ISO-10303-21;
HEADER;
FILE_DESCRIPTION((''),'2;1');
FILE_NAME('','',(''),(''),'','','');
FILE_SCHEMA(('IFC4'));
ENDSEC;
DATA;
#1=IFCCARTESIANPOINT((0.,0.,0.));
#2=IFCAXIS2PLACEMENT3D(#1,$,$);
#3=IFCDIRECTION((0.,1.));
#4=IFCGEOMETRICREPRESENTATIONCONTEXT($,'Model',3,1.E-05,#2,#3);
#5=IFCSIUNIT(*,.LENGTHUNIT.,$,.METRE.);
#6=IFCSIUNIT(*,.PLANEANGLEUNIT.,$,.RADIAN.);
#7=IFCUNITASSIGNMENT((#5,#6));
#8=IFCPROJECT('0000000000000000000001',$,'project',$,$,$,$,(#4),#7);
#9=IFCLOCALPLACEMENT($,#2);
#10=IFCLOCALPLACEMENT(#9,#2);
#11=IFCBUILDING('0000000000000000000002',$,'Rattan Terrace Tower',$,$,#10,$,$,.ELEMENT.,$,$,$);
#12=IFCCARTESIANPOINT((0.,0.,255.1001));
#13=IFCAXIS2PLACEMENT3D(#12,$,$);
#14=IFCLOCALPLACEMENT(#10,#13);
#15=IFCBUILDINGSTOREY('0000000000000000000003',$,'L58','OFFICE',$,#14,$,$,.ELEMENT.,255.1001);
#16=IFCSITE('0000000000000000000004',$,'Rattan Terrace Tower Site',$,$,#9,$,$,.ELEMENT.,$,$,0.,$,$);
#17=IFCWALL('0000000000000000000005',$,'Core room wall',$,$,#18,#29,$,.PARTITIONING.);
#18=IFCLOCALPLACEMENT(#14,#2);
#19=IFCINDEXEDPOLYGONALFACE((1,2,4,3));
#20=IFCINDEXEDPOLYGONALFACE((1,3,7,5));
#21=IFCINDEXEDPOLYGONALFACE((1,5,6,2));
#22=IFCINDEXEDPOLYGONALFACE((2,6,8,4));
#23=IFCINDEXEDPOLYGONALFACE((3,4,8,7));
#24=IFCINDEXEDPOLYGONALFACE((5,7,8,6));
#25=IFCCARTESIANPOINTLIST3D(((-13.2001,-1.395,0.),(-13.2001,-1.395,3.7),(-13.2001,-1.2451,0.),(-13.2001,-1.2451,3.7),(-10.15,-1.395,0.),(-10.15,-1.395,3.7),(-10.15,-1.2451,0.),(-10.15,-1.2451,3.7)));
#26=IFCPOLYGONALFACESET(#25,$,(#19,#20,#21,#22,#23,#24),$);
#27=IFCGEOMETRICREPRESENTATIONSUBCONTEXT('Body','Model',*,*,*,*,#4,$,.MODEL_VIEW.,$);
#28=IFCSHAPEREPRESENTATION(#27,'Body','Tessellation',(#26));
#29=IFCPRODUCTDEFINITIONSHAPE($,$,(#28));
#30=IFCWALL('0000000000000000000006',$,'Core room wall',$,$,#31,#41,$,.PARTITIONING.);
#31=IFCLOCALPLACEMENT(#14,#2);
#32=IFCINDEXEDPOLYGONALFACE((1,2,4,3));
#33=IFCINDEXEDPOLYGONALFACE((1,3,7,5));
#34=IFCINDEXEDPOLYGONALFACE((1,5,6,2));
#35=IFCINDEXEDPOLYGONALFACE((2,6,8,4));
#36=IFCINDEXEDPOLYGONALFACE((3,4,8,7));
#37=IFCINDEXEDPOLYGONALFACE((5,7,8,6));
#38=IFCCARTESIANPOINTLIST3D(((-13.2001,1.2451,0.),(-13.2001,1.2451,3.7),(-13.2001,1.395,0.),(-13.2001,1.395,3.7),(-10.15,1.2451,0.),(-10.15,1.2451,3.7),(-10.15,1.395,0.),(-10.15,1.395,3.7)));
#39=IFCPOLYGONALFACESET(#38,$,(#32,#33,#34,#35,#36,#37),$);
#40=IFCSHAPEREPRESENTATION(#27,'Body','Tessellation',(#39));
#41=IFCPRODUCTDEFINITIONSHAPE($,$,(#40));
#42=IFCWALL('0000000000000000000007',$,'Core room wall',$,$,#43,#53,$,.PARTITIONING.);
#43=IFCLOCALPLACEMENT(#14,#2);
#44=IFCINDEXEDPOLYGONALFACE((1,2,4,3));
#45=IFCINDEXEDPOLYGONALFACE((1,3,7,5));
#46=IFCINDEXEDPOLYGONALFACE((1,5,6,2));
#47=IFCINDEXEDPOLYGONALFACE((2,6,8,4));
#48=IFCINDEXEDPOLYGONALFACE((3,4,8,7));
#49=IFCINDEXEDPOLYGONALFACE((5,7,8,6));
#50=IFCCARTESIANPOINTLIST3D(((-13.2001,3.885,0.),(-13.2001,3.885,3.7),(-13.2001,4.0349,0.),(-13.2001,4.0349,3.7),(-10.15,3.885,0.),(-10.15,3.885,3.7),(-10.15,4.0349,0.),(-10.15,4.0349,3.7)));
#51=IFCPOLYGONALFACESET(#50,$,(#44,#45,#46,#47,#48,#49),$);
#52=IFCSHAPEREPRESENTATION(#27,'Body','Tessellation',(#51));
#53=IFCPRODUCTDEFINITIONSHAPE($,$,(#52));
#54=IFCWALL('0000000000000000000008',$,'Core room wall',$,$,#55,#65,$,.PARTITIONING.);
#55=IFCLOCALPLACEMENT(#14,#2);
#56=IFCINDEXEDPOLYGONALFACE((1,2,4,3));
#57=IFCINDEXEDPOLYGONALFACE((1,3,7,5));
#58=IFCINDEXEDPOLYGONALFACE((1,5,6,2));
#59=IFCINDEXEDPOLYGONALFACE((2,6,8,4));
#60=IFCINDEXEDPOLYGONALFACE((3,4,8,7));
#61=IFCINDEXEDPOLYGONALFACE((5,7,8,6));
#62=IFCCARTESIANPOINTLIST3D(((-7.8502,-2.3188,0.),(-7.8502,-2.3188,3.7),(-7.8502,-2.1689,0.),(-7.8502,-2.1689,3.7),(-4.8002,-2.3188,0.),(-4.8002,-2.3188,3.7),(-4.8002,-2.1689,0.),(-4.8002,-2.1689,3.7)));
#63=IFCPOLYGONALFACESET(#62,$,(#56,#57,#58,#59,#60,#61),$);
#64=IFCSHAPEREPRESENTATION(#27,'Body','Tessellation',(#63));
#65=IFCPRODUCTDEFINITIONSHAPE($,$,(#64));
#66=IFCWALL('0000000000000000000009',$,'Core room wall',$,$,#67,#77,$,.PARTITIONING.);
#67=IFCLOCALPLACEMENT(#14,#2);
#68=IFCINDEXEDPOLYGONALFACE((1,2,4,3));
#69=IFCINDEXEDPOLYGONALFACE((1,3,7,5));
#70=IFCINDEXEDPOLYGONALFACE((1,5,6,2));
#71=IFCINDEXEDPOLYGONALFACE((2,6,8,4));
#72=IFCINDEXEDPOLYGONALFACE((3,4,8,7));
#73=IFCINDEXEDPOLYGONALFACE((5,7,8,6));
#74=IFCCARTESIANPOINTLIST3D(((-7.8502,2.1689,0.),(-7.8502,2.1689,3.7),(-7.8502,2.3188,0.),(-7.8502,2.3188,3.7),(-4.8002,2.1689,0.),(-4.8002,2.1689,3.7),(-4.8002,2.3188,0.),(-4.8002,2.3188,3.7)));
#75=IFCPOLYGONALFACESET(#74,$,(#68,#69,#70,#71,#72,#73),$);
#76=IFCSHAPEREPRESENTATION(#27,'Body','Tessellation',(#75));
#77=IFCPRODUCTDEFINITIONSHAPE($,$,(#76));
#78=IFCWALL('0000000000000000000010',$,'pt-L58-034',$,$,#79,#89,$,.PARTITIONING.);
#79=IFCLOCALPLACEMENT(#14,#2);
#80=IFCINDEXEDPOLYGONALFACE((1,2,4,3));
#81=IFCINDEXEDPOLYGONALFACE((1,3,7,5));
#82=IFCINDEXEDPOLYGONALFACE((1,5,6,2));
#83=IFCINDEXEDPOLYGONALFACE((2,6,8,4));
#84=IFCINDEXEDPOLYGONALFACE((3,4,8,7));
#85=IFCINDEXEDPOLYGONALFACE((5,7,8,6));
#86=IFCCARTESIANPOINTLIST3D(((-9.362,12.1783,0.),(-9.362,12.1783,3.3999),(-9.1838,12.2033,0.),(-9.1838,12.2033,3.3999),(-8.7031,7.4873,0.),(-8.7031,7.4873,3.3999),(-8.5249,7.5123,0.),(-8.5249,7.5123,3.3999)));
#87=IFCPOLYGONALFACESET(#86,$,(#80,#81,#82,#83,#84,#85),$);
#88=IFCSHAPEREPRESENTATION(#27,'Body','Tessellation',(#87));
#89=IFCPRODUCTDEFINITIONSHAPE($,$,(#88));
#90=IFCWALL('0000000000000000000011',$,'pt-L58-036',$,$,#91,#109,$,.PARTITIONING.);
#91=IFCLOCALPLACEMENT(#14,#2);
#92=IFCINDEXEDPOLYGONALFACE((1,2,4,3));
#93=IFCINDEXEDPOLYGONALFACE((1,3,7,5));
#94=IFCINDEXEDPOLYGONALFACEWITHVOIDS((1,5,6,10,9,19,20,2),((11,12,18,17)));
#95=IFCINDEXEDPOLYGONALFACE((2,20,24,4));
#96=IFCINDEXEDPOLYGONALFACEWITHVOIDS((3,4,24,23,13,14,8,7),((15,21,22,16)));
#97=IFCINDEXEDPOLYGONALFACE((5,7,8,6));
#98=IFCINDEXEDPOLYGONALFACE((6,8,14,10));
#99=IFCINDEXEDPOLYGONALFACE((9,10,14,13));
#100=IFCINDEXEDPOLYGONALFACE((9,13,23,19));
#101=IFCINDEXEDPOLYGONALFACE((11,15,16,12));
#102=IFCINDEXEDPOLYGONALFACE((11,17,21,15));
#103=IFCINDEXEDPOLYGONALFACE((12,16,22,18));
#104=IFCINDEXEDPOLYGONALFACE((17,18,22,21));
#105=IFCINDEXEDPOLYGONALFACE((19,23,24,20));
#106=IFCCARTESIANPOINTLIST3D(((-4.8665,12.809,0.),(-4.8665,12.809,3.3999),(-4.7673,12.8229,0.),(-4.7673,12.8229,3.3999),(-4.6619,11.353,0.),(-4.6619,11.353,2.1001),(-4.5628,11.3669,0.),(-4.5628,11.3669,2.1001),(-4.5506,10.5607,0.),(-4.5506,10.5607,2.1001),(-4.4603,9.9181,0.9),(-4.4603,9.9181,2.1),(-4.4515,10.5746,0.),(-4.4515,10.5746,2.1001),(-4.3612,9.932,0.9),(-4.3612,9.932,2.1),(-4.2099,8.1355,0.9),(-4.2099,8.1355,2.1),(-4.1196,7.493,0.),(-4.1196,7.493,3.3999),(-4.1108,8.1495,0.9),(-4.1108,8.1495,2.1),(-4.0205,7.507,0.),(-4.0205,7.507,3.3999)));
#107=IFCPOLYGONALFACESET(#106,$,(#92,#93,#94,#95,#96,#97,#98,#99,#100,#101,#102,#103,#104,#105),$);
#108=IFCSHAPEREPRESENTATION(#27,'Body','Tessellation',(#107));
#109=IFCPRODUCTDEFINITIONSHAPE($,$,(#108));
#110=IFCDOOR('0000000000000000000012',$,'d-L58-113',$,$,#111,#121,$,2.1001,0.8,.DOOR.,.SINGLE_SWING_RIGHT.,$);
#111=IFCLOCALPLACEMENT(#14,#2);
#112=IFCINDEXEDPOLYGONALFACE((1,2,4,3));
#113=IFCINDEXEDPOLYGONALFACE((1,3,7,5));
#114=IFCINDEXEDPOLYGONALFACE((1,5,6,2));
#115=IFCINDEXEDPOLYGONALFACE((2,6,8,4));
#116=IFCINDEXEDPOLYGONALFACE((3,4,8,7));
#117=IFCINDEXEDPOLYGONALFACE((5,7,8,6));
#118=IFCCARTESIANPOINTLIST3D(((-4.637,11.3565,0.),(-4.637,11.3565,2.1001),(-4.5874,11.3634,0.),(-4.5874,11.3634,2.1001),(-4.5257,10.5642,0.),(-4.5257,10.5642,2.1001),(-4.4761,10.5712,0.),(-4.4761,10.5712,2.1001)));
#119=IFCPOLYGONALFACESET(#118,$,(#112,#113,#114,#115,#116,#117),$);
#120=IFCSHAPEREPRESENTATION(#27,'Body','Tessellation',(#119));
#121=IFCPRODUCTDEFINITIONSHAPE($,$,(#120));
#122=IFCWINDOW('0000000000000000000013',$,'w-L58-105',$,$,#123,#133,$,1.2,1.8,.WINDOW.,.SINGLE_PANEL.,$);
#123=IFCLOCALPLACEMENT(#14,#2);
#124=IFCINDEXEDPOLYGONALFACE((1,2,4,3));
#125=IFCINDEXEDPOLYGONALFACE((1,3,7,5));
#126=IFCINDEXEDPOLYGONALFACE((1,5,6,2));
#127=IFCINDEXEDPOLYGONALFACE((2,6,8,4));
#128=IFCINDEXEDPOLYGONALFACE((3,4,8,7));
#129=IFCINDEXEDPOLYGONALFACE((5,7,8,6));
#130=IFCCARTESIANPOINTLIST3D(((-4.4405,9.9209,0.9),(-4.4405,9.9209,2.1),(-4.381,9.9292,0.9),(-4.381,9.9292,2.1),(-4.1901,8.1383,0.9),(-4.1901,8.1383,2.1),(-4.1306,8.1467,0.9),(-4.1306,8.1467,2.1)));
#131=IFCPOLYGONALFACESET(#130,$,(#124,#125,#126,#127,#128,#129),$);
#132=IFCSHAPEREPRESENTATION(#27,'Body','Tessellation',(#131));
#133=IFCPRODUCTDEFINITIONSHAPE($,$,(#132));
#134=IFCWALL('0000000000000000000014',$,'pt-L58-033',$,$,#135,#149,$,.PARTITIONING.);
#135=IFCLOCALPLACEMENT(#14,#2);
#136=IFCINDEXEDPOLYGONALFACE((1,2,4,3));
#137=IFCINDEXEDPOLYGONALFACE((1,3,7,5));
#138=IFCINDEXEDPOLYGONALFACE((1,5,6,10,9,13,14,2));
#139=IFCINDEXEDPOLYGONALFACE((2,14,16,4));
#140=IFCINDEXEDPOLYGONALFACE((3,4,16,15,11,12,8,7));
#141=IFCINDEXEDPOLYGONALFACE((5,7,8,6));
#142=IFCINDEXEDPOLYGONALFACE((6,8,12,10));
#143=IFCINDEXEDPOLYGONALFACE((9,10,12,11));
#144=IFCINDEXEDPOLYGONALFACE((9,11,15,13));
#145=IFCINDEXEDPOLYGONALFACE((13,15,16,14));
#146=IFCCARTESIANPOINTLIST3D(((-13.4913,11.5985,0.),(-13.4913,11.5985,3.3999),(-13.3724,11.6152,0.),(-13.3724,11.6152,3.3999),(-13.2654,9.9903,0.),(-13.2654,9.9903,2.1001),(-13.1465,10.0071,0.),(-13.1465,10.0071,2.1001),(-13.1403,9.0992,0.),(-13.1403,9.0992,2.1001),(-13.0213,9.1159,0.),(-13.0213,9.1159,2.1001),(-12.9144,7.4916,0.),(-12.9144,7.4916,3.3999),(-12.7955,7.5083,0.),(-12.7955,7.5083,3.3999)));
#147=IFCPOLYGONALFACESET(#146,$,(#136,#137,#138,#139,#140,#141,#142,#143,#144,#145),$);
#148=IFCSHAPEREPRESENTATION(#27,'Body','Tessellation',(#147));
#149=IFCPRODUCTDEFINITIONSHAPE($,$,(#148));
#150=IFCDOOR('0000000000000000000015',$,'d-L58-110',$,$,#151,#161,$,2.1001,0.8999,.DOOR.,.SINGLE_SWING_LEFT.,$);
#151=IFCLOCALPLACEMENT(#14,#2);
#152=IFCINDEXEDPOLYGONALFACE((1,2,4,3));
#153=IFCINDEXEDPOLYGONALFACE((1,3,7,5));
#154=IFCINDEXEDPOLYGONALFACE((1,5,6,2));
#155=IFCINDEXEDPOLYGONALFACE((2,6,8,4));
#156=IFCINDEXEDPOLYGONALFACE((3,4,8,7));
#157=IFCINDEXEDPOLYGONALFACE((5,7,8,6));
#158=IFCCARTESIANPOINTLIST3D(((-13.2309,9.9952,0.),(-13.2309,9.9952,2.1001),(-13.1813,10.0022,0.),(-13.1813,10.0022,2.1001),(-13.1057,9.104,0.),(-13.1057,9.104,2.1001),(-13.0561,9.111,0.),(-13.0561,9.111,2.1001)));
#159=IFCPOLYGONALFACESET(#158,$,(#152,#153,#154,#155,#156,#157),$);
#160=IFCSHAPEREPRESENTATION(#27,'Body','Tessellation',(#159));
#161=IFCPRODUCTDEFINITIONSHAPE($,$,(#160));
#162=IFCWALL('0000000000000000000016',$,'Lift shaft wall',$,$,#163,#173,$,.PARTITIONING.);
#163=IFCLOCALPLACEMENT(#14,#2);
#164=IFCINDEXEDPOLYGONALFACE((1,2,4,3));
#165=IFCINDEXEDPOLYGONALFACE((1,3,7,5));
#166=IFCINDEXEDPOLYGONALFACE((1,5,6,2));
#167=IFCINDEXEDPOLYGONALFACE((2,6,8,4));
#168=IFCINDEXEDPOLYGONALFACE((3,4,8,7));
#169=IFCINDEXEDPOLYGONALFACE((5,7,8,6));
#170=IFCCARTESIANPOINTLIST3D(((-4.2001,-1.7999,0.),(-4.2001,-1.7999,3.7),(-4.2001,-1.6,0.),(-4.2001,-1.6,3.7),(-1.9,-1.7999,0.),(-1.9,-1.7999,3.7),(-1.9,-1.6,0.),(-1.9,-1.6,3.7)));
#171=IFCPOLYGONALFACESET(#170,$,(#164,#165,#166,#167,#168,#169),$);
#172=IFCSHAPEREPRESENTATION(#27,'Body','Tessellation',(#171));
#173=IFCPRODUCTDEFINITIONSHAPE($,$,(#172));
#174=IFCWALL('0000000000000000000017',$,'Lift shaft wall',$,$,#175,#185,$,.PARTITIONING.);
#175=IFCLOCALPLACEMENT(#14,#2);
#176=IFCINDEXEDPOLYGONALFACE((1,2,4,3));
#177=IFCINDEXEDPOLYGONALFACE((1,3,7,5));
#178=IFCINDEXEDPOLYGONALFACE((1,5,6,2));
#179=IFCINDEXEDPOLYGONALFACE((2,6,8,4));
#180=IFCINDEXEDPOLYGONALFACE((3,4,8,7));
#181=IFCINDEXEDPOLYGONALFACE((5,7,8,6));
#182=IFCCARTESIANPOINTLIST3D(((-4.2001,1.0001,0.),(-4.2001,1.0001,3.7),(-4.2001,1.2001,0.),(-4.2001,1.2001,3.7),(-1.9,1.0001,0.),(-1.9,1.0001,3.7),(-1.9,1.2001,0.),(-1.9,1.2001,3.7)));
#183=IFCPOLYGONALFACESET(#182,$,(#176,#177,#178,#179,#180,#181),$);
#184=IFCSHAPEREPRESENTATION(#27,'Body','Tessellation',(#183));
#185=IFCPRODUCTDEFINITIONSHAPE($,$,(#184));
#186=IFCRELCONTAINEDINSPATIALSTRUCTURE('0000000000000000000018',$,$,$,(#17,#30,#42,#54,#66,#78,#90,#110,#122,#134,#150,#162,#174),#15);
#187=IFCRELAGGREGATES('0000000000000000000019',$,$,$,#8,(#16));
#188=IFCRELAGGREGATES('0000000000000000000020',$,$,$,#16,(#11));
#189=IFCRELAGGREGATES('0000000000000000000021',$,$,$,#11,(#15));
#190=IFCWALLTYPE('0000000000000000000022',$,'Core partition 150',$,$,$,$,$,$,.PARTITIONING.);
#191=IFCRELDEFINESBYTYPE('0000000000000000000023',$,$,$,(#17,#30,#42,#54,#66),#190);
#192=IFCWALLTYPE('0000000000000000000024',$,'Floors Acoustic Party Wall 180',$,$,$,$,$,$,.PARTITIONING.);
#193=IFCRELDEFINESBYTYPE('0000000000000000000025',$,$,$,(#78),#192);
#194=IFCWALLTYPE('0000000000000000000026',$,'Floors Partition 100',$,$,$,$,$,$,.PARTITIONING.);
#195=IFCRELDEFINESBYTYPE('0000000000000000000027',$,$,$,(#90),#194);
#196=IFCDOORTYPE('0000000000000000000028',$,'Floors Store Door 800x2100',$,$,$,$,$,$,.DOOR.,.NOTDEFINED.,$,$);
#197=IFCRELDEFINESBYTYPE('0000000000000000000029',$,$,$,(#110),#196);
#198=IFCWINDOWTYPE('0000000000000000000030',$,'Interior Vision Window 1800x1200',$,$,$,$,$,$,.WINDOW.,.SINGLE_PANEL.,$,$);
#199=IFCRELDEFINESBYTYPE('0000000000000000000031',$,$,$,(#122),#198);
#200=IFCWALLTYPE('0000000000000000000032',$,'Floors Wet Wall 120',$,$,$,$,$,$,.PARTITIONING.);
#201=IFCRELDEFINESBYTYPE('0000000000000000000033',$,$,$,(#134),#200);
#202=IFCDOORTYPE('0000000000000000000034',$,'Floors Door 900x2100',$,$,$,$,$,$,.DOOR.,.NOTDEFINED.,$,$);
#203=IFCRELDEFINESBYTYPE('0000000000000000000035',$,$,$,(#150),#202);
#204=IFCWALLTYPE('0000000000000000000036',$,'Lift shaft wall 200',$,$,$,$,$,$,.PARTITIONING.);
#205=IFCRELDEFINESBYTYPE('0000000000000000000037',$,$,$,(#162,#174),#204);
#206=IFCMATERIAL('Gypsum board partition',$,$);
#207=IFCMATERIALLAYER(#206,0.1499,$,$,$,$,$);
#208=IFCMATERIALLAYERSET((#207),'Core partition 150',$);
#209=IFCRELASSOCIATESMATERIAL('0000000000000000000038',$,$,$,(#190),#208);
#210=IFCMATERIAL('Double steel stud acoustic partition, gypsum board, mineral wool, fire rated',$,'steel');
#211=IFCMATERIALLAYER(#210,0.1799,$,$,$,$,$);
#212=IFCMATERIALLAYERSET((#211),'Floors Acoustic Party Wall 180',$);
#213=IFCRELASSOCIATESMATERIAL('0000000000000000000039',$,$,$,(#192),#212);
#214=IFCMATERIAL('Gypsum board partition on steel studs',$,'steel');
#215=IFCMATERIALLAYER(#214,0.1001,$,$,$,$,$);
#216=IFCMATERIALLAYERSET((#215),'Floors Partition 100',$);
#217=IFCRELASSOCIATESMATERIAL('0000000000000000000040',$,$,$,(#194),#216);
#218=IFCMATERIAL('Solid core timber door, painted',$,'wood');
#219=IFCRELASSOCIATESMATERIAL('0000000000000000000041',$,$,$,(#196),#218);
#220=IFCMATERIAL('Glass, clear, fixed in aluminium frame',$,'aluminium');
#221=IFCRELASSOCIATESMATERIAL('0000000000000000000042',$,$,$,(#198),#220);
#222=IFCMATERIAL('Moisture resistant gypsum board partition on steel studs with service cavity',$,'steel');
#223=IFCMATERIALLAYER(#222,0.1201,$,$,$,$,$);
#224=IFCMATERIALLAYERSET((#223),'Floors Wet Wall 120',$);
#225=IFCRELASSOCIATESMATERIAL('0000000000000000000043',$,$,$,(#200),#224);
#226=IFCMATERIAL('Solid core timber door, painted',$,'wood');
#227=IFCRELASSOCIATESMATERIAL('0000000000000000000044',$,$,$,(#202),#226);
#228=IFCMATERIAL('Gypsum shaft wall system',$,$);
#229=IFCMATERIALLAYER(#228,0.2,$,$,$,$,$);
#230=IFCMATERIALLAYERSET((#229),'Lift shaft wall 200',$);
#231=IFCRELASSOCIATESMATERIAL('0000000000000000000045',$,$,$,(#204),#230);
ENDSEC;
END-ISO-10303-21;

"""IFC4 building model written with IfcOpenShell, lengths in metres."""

from ifc_helpers import new_model, si_unit, direction, frame, frame_2d, origin, place, context, subcontext, project, spatial, rectangle, extrude, material, layer, layer_set, type_object, element, fill, save


model = new_model("IFC4")

# Units and contexts
model_context = context("Model", 3, precision=1e-05, world=origin(), true_north=direction((0.0, 1.0)))
body_context = subcontext(model_context, "Body", "Model", "MODEL_VIEW")
ifc_project = project(units=[si_unit("LENGTHUNIT", "METRE"), si_unit("PLANEANGLEUNIT", "RADIAN")], contexts=[model_context])

# Site, building, storey
site_placement = place(None, origin())
site = spatial("IfcSite", under=ifc_project, at=site_placement, Name="Rattan Terrace Tower Site", CompositionType="ELEMENT", RefElevation=0.0)
building_placement = place(site_placement, origin())
building = spatial("IfcBuilding", under=site, at=building_placement, Name="Rattan Terrace Tower", CompositionType="ELEMENT")
storey_placement = place(building_placement, frame((0.0, 0.0, 255.1001)))
storey = spatial("IfcBuildingStorey", under=building, at=storey_placement, Name="L58", Description="OFFICE", CompositionType="ELEMENT", Elevation=255.1001)

# Walls
ifc_material_1 = material(Name="Gypsum board partition")
ifc_layer_1 = layer(ifc_material_1, 0.1499)
ifc_layer_set_1 = layer_set([ifc_layer_1], Name="Core partition 150")
wall_type_1 = type_object("IfcWallType", Name="Core partition 150", PredefinedType="PARTITIONING", material=ifc_layer_set_1)
for number, where, z_axis, x_axis, name in (
    (1, (-13.2, -1.3201, 0.0), (0.0, 0.0, 1.0), (1.0, 0.0, 0.0), "Core room wall"),
    (2, (-13.2, 1.3201, 0.0), (0.0, 0.0, 1.0), (1.0, 0.0, 0.0), "Core room wall"),
    (3, (-13.2, 3.96, 0.0), (0.0, 0.0, 1.0), (1.0, 0.0, 0.0), "Core room wall"),
    (4, (-7.8501, -2.2439, 0.0), (0.0, 0.0, 1.0), (1.0, 0.0, 0.0), "Core room wall"),
    (5, (-7.8501, 2.2439, 0.0), (0.0, 0.0, 1.0), (1.0, 0.0, 0.0), "Core room wall"),
):
    element("IfcWall", number, at=place(storey_placement, frame(where, z_axis=z_axis, x_axis=x_axis)), inside=storey, type_object=wall_type_1, Name=name, PredefinedType="PARTITIONING", context=body_context, shape_type="SweptSolid", body=[
        extrude(rectangle(XDim=3.05, YDim=0.1499, at=frame_2d((1.5249, 0.0))), origin(), (0.0, 0.0, 1.0), 3.7),
    ])
ifc_material_2 = material(Name="Double steel stud acoustic partition, gypsum board, mineral wool, fire rated", Category="steel")
ifc_layer_2 = layer(ifc_material_2, 0.1799)
ifc_layer_set_2 = layer_set([ifc_layer_2], Name="Floors Acoustic Party Wall 180")
wall_type_2 = type_object("IfcWallType", Name="Floors Acoustic Party Wall 180", PredefinedType="PARTITIONING", material=ifc_layer_set_2)
wall_1_placement = place(storey_placement, frame((-9.2729, 12.1909, 0.0), z_axis=(0.0, 0.0, 1.0), x_axis=(0.139105, -0.990278, 0.0)))
element("IfcWall", 6, at=wall_1_placement, inside=storey, type_object=wall_type_2, Name="pt-L58-034", PredefinedType="PARTITIONING", context=body_context, shape_type="SweptSolid", body=[
    extrude(rectangle(XDim=4.7371, YDim=0.1799, at=frame_2d((2.3687, 0.0))), origin(), (0.0, 0.0, 1.0), 3.3999),
])

# Wall, openings, door, window
ifc_material_3 = material(Name="Gypsum board partition on steel studs", Category="steel")
ifc_layer_3 = layer(ifc_material_3, 0.1001)
ifc_layer_set_3 = layer_set([ifc_layer_3], Name="Floors Partition 100")
wall_type_3 = type_object("IfcWallType", Name="Floors Partition 100", PredefinedType="PARTITIONING", material=ifc_layer_set_3)
wall_2_placement = place(storey_placement, frame((-4.0701, 7.5, 0.0), z_axis=(0.0, 0.0, 1.0), x_axis=(-0.139122, 0.990275, 0.0)))
wall_2 = element("IfcWall", 7, at=wall_2_placement, inside=storey, type_object=wall_type_3, Name="pt-L58-036", PredefinedType="PARTITIONING", context=body_context, shape_type="SweptSolid", body=[
    extrude(rectangle(XDim=5.3682, YDim=0.1001, at=frame_2d((2.6841, 0.0))), origin(), (0.0, 0.0, 1.0), 3.3999),
])
opening_1_placement = place(wall_2_placement, frame((3.0979, 0.0, 0.0)))
opening_1 = element("IfcOpeningElement", 8, at=opening_1_placement, cuts=wall_2, PredefinedType="OPENING", context=body_context, shape_type="SweptSolid", body=[
    extrude(rectangle(XDim=0.8, YDim=2.1001, at=frame_2d((0.3999, 1.05))), frame((0.0, 0.0605, 0.0), z_axis=(0.0, -1.0, 0.0), x_axis=(1.0, 0.0, 0.0)), (0.0, 0.0, 1.0), 0.1211),
])
opening_2_placement = place(wall_2_placement, frame((0.6489, 0.0, 0.8999)))
opening_2 = element("IfcOpeningElement", 9, at=opening_2_placement, cuts=wall_2, PredefinedType="OPENING", context=body_context, shape_type="SweptSolid", body=[
    extrude(rectangle(XDim=1.8, YDim=1.2, at=frame_2d((0.8999, 0.6001))), frame((0.0, 0.0605, 0.0), z_axis=(0.0, -1.0, 0.0), x_axis=(1.0, 0.0, 0.0)), (0.0, 0.0, 1.0), 0.1211),
])
ifc_material_4 = material(Name="Solid core timber door, painted", Category="wood")
door_type_1 = type_object("IfcDoorType", Name="Floors Store Door 800x2100", OperationType="NOTDEFINED", PredefinedType="DOOR", material=ifc_material_4)
door_1_placement = place(opening_1_placement, origin())
door_1 = element("IfcDoor", 10, at=door_1_placement, inside=storey, type_object=door_type_1, Name="d-L58-113", OperationType="SINGLE_SWING_RIGHT", OverallHeight=2.1001, OverallWidth=0.8, PredefinedType="DOOR", context=body_context, shape_type="SweptSolid", body=[
    extrude(rectangle(XDim=0.8, YDim=2.1001, at=frame_2d((0.3999, 1.05))), frame((0.0, 0.0249, 0.0), z_axis=(0.0, -1.0, 0.0), x_axis=(1.0, 0.0, 0.0)), (0.0, 0.0, 1.0), 0.05),
])
fill(opening_1, door_1)
ifc_material_5 = material(Name="Glass, clear, fixed in aluminium frame", Category="aluminium")
window_type = type_object("IfcWindowType", Name="Interior Vision Window 1800x1200", PartitioningType="SINGLE_PANEL", PredefinedType="WINDOW", material=ifc_material_5)
window_placement = place(opening_2_placement, origin())
window = element("IfcWindow", 11, at=window_placement, inside=storey, type_object=window_type, Name="w-L58-105", OverallHeight=1.2, OverallWidth=1.8, PartitioningType="SINGLE_PANEL", PredefinedType="WINDOW", context=body_context, shape_type="SweptSolid", body=[
    extrude(rectangle(XDim=1.8, YDim=1.2, at=frame_2d((0.8999, 0.6001))), frame((0.0, 0.03, 0.0), z_axis=(0.0, -1.0, 0.0), x_axis=(1.0, 0.0, 0.0)), (0.0, 0.0, 1.0), 0.0601),
])
fill(opening_2, window)

# Wall, opening, door
ifc_material_6 = material(Name="Moisture resistant gypsum board partition on steel studs with service cavity", Category="steel")
ifc_layer_4 = layer(ifc_material_6, 0.1201)
ifc_layer_set_4 = layer_set([ifc_layer_4], Name="Floors Wet Wall 120")
wall_type_4 = type_object("IfcWallType", Name="Floors Wet Wall 120", PredefinedType="PARTITIONING", material=ifc_layer_set_4)
wall_3_placement = place(storey_placement, frame((-13.4319, 11.6069, 0.0), z_axis=(0.0, 0.0, 1.0), x_axis=(0.139105, -0.990278, 0.0)))
wall_3 = element("IfcWall", 12, at=wall_3_placement, inside=storey, type_object=wall_type_4, Name="pt-L58-033", PredefinedType="PARTITIONING", context=body_context, shape_type="SweptSolid", body=[
    extrude(rectangle(XDim=4.1472, YDim=0.1201, at=frame_2d((2.0737, 0.0))), origin(), (0.0, 0.0, 1.0), 3.3999),
])
opening_3_placement = place(wall_3_placement, frame((1.624, 0.0, 0.0)))
opening_3 = element("IfcOpeningElement", 13, at=opening_3_placement, cuts=wall_3, PredefinedType="OPENING", context=body_context, shape_type="SweptSolid", body=[
    extrude(rectangle(XDim=0.8999, YDim=2.1001, at=frame_2d((0.45, 1.05))), frame((0.0, 0.0706, 0.0), z_axis=(0.0, -1.0, 0.0), x_axis=(1.0, 0.0, 0.0)), (0.0, 0.0, 1.0), 0.1411),
])
ifc_material_7 = material(Name="Solid core timber door, painted", Category="wood")
door_type_2 = type_object("IfcDoorType", Name="Floors Door 900x2100", OperationType="NOTDEFINED", PredefinedType="DOOR", material=ifc_material_7)
door_2_placement = place(opening_3_placement, origin())
door_2 = element("IfcDoor", 14, at=door_2_placement, inside=storey, type_object=door_type_2, Name="d-L58-110", OperationType="SINGLE_SWING_LEFT", OverallHeight=2.1001, OverallWidth=0.8999, PredefinedType="DOOR", context=body_context, shape_type="SweptSolid", body=[
    extrude(rectangle(XDim=0.8999, YDim=2.1001, at=frame_2d((0.45, 1.05))), frame((0.0, 0.0249, 0.0), z_axis=(0.0, -1.0, 0.0), x_axis=(1.0, 0.0, 0.0)), (0.0, 0.0, 1.0), 0.05),
])
fill(opening_3, door_2)

# Walls
ifc_material_8 = material(Name="Gypsum shaft wall system")
ifc_layer_5 = layer(ifc_material_8, 0.2)
ifc_layer_set_5 = layer_set([ifc_layer_5], Name="Lift shaft wall 200")
wall_type_5 = type_object("IfcWallType", Name="Lift shaft wall 200", PredefinedType="PARTITIONING", material=ifc_layer_set_5)
for number, where, z_axis, x_axis, name in (
    (15, (-4.2, -1.7, 0.0), (0.0, 0.0, 1.0), (1.0, 0.0, 0.0), "Lift shaft wall"),
    (16, (-4.2, 1.1001, 0.0), (0.0, 0.0, 1.0), (1.0, 0.0, 0.0), "Lift shaft wall"),
):
    element("IfcWall", number, at=place(storey_placement, frame(where, z_axis=z_axis, x_axis=x_axis)), inside=storey, type_object=wall_type_5, Name=name, PredefinedType="PARTITIONING", context=body_context, shape_type="SweptSolid", body=[
        extrude(rectangle(XDim=2.3, YDim=0.2, at=frame_2d((1.1499, 0.0))), origin(), (0.0, 0.0, 1.0), 3.7),
    ])

save(model, "model.ifc")
